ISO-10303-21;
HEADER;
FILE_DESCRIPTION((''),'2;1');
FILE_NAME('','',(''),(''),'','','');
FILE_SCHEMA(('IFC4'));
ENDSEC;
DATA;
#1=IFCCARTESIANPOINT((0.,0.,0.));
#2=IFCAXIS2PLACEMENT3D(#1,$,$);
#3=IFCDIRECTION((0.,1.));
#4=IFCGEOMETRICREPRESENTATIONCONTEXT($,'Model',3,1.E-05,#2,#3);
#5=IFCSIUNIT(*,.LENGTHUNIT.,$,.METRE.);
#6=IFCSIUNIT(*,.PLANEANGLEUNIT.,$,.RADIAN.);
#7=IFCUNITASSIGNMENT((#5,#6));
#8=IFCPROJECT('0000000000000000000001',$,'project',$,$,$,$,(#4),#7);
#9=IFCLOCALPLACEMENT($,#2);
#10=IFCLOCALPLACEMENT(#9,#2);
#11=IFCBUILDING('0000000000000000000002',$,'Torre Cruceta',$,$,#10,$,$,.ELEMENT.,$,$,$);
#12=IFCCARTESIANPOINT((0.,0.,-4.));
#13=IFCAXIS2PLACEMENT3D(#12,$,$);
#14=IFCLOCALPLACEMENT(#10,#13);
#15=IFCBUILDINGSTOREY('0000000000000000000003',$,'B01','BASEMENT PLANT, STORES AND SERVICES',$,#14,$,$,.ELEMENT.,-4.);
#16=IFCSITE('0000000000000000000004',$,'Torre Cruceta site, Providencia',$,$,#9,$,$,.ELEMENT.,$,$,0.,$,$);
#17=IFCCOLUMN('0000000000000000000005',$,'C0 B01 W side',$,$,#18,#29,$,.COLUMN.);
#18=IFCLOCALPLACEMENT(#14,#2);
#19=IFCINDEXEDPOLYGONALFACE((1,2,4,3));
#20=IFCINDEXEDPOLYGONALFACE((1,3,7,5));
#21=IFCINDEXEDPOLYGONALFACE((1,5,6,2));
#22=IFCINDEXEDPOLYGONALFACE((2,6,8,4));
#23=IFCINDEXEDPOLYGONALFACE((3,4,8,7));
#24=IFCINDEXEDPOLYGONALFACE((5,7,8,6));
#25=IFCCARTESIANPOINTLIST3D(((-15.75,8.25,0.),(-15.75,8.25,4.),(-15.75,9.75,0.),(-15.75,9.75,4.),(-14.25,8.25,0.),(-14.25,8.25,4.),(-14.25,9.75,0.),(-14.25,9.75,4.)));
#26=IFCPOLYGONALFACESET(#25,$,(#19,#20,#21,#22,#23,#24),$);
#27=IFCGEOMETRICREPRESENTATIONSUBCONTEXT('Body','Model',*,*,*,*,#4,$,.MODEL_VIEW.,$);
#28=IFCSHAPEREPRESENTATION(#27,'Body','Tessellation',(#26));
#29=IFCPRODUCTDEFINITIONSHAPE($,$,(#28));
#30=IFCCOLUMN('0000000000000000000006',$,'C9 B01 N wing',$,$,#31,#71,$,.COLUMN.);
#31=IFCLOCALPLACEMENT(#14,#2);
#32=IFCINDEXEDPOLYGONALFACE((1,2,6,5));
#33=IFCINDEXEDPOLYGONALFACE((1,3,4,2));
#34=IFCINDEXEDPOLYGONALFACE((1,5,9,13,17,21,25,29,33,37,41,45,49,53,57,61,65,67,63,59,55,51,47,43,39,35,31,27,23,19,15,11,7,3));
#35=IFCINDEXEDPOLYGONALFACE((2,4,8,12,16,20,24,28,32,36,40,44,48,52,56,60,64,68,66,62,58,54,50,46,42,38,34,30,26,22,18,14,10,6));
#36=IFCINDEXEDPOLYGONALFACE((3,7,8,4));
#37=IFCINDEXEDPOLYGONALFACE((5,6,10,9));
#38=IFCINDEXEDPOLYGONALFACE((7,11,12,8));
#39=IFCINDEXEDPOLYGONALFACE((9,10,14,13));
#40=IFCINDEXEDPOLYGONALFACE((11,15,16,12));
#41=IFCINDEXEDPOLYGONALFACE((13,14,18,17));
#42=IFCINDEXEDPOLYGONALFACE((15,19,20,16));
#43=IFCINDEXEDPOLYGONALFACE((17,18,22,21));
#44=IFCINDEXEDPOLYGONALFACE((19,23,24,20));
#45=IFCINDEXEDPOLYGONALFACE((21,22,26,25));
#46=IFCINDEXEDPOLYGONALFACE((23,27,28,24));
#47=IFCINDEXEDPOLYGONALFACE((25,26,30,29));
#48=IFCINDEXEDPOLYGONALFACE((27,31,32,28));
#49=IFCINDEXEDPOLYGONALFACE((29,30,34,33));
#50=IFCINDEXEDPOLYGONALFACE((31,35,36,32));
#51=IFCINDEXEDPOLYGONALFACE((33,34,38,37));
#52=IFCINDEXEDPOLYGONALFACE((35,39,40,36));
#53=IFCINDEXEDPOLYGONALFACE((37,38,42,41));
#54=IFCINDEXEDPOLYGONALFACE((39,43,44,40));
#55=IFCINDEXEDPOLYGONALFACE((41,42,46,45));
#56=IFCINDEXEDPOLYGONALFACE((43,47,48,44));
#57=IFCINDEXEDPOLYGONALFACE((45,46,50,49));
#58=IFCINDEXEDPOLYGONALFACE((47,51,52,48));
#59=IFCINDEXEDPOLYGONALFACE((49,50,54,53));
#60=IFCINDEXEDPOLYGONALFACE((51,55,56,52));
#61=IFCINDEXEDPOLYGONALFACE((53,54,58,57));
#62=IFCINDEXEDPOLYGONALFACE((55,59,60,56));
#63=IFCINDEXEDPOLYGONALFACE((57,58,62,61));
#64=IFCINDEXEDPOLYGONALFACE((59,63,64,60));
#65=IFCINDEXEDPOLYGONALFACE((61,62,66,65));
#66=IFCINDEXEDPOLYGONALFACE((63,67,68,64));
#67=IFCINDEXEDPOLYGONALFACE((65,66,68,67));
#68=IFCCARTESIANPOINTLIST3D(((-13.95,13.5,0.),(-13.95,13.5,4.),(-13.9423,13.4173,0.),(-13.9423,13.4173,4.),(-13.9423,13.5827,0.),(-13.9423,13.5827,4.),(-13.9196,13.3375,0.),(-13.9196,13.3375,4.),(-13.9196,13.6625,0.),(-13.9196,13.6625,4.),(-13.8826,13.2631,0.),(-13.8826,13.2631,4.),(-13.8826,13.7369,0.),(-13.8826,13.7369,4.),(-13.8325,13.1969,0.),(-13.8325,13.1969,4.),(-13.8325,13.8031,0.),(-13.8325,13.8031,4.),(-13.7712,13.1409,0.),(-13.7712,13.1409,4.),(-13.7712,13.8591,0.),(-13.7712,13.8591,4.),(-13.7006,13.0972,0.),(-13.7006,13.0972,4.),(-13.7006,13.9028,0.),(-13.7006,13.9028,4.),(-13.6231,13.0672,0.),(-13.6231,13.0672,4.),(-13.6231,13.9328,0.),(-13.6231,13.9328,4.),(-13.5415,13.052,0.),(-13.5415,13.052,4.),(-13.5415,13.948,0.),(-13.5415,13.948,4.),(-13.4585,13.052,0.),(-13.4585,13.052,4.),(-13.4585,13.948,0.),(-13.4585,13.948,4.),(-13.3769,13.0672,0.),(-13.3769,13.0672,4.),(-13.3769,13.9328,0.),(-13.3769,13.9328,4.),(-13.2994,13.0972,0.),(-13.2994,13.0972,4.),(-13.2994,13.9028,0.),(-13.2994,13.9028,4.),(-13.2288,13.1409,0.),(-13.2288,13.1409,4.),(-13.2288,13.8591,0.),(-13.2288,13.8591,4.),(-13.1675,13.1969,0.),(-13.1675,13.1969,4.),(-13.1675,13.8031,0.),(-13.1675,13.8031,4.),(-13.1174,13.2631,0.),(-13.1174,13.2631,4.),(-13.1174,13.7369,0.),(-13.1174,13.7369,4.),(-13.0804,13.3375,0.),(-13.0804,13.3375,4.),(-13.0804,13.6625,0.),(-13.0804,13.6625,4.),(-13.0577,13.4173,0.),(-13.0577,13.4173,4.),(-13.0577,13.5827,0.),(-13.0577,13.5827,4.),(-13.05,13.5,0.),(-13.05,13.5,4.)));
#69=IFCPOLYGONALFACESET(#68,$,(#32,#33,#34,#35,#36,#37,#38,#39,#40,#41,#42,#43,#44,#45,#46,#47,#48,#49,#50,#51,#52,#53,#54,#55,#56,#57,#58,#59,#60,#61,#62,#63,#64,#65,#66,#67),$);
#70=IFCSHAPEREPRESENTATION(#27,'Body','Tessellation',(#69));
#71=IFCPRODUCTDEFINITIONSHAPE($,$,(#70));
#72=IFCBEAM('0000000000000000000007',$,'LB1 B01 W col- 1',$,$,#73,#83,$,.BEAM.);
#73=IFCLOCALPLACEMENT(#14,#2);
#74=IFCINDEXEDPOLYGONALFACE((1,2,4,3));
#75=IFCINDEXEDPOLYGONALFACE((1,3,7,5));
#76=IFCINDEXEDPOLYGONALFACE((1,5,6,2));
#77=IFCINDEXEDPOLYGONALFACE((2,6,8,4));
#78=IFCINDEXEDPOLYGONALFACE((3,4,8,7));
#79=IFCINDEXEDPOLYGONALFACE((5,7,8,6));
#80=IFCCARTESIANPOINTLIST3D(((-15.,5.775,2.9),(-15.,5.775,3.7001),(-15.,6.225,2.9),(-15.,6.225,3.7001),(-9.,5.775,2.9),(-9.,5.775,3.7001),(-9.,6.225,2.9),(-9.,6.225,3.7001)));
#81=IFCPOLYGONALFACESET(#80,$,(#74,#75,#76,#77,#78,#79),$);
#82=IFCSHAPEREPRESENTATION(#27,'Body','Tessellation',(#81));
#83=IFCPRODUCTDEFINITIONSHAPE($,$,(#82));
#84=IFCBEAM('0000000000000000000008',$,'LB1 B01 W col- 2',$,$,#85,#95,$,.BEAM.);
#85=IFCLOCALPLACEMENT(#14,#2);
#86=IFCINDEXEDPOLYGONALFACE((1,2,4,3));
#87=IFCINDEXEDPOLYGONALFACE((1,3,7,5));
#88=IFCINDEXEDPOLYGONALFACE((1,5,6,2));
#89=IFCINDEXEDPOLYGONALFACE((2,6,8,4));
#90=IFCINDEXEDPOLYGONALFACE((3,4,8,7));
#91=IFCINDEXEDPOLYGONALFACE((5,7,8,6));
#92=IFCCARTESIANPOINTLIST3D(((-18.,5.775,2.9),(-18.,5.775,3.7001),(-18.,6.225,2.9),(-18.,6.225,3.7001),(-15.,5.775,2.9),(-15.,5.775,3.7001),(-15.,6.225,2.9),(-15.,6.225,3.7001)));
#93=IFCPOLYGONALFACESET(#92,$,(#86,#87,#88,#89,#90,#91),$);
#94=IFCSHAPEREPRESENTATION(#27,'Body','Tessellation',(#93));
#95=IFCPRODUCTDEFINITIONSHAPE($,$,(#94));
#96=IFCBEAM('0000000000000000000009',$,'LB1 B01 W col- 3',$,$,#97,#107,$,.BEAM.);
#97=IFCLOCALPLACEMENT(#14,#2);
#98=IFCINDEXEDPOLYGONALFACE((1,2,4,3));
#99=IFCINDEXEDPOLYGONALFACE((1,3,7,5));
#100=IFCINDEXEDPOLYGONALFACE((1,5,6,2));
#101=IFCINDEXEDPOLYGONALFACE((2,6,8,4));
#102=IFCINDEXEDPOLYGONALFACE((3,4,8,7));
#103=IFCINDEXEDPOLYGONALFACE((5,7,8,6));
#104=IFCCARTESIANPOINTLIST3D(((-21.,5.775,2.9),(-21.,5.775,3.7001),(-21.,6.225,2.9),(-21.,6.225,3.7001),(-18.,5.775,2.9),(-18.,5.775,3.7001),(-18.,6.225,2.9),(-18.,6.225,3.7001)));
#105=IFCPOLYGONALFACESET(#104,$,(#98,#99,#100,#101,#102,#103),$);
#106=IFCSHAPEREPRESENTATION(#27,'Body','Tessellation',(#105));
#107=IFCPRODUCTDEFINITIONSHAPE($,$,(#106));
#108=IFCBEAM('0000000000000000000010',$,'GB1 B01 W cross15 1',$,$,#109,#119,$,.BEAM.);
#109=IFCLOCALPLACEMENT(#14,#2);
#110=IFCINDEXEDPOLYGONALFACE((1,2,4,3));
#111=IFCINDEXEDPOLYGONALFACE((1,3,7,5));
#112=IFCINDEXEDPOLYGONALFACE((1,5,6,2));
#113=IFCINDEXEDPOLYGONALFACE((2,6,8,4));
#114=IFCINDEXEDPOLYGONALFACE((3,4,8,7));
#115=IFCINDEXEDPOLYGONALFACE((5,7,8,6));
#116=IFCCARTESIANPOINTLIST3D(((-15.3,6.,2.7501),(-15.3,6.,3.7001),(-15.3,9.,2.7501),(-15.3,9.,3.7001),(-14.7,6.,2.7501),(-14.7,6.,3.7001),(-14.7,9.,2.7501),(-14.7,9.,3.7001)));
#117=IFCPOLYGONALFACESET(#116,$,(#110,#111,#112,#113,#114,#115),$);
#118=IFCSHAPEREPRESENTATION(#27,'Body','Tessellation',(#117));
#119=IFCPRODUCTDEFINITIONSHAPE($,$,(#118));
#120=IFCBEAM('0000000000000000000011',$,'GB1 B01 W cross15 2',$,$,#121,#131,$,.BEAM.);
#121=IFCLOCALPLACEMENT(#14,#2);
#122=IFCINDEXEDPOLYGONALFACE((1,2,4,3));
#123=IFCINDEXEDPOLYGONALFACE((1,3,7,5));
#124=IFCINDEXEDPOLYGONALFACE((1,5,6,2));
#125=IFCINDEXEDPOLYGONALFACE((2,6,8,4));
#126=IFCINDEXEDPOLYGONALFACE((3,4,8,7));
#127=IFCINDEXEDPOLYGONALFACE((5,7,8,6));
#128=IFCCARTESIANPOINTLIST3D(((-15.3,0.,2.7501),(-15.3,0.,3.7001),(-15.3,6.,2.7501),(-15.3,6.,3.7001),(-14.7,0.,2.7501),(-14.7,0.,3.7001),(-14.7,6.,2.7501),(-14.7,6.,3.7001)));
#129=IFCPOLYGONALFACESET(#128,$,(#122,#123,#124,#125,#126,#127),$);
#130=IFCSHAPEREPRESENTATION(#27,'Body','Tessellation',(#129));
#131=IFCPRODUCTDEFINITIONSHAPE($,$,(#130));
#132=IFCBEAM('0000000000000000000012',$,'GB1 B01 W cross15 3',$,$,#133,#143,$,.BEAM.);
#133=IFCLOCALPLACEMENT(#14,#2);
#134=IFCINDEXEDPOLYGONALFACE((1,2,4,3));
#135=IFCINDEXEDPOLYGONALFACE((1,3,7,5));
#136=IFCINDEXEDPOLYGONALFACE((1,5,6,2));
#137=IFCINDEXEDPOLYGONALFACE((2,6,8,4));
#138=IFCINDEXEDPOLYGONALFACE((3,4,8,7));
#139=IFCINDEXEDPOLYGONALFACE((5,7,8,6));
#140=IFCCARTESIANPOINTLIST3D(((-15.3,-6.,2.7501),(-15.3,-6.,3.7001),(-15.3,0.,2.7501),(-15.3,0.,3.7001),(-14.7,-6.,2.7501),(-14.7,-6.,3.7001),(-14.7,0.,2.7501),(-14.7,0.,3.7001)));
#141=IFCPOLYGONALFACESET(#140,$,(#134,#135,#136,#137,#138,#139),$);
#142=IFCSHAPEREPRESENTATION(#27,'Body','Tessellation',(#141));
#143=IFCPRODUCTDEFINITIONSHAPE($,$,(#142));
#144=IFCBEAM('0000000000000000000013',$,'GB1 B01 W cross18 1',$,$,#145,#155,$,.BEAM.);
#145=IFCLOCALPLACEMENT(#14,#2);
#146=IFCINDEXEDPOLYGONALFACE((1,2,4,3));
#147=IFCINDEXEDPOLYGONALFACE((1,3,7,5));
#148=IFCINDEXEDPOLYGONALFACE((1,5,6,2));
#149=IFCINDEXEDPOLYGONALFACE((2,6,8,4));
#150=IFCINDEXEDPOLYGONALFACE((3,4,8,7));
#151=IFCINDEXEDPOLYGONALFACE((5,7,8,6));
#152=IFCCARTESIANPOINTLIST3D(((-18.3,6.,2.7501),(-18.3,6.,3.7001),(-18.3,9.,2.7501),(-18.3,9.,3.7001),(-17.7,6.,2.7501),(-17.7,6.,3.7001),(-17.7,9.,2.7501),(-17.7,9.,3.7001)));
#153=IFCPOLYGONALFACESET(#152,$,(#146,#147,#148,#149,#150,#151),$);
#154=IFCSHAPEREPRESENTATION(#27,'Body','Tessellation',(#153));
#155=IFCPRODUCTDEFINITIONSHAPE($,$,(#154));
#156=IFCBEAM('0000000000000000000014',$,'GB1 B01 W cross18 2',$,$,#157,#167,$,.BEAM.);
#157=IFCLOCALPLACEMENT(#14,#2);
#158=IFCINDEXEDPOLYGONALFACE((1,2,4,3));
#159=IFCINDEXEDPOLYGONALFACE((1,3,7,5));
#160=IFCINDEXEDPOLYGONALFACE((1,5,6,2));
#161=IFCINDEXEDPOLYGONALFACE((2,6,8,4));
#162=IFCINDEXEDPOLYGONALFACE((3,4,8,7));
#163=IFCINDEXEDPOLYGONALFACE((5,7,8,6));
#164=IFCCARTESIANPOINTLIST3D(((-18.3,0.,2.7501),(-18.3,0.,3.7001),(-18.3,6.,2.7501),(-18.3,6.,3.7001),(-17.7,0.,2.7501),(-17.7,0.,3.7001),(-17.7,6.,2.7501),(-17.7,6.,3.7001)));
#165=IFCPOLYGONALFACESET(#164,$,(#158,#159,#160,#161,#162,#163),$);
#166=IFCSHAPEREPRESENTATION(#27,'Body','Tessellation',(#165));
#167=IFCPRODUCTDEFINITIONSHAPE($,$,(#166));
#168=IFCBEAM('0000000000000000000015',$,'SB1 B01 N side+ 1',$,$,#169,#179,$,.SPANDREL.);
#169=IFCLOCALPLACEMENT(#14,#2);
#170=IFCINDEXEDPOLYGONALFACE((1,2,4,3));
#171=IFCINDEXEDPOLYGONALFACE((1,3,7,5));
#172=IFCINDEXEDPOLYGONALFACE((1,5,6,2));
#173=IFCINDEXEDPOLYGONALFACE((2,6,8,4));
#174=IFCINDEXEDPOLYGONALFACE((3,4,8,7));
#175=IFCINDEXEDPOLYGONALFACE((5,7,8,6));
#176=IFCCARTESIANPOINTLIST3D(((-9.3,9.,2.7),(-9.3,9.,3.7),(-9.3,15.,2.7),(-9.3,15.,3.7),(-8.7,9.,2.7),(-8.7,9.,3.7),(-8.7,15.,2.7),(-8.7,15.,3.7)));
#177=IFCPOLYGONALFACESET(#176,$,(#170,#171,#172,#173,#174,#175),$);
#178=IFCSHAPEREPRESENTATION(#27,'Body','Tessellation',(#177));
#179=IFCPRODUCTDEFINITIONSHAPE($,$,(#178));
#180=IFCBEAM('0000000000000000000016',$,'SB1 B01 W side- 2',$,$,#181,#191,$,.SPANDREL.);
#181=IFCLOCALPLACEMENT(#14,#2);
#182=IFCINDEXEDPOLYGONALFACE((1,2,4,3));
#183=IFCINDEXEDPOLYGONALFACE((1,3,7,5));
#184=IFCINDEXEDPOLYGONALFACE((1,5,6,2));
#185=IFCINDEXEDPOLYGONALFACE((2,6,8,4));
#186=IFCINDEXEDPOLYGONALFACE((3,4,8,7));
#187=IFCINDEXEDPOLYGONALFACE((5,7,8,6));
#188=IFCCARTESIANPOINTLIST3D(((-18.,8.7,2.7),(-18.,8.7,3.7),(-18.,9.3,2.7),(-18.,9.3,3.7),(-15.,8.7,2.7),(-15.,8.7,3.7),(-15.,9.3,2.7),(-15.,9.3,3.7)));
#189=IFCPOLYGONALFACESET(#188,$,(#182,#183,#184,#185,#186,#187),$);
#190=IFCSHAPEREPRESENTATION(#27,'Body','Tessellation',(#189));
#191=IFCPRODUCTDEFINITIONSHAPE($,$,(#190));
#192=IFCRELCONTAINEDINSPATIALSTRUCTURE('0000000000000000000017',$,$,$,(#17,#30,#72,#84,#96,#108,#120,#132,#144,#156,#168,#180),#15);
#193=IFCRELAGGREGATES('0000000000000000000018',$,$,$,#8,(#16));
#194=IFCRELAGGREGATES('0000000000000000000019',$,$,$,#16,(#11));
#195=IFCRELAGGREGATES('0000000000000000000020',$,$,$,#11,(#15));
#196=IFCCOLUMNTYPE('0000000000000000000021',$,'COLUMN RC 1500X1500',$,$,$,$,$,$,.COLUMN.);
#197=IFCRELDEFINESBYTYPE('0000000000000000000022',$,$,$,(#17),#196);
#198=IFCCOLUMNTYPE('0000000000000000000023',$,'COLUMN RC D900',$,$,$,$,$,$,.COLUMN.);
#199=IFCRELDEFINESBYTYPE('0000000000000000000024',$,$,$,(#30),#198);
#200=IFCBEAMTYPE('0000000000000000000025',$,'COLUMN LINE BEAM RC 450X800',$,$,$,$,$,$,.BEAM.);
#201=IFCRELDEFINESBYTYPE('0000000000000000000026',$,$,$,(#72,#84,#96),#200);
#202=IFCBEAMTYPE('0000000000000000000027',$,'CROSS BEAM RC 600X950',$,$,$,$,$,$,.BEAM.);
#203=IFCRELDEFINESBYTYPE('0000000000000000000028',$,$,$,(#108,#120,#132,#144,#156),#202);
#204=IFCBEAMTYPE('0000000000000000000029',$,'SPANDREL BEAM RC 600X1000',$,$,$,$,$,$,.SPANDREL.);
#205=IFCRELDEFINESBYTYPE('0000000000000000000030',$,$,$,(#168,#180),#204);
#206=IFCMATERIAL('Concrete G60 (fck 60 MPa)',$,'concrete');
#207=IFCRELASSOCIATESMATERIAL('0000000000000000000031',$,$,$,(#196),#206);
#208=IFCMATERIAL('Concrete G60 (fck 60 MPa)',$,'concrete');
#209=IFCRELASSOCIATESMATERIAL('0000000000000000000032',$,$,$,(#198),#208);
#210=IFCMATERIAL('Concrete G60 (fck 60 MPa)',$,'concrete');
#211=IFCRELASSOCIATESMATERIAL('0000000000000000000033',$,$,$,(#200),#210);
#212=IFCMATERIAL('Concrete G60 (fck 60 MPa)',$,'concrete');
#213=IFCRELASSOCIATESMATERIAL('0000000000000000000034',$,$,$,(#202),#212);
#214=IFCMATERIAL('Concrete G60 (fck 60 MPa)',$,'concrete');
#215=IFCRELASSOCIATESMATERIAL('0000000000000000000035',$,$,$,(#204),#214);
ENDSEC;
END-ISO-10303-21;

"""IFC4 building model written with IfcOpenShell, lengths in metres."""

from ifc_helpers import new_model, si_unit, direction, frame, origin, origin_2d, place, context, subcontext, project, spatial, rectangle, circle, extrude, material, material_profile, profile_set, type_object, element, save


model = new_model("IFC4")

# Units and contexts
model_context = context("Model", 3, precision=1e-05, world=origin(), true_north=direction((0.0, 1.0)))
body_context = subcontext(model_context, "Body", "Model", "MODEL_VIEW")
ifc_project = project(units=[si_unit("LENGTHUNIT", "METRE"), si_unit("PLANEANGLEUNIT", "RADIAN")], contexts=[model_context])

# Site, building, storey
site_placement = place(None, origin())
site = spatial("IfcSite", under=ifc_project, at=site_placement, Name="Torre Cruceta site, Providencia", CompositionType="ELEMENT", RefElevation=0.0)
building_placement = place(site_placement, origin())
building = spatial("IfcBuilding", under=site, at=building_placement, Name="Torre Cruceta", CompositionType="ELEMENT")
storey_placement = place(building_placement, frame((0.0, 0.0, -4.0)))
storey = spatial("IfcBuildingStorey", under=building, at=storey_placement, Name="B01", Description="BASEMENT PLANT, STORES AND SERVICES", CompositionType="ELEMENT", Elevation=-4.0)

# Columns
ifc_material_1 = material(Name="Concrete G60 (fck 60 MPa)", Category="concrete")
ifc_material_profile_1 = material_profile(ifc_material_1, rectangle(XDim=1.5, YDim=1.5, at=origin_2d()), Name="RC 1500X1500")
ifc_profile_set_1 = profile_set([ifc_material_profile_1], Name="Concrete G60 (fck 60 MPa)")
column_type_1 = type_object("IfcColumnType", Name="COLUMN RC 1500X1500", PredefinedType="COLUMN", material=ifc_profile_set_1)
column_1_placement = place(storey_placement, frame((-15.0, 9.0, 0.0), z_axis=(0.0, 0.0, 1.0), x_axis=(1.0, 0.0, 0.0)))
element("IfcColumn", 1, at=column_1_placement, inside=storey, type_object=column_type_1, Name="C0 B01 W side", PredefinedType="COLUMN", context=body_context, shape_type="SweptSolid", body=[
    extrude(rectangle(XDim=1.5, YDim=1.5, at=origin_2d()), origin(), (0.0, 0.0, 1.0), 4.0),
])
ifc_material_2 = material(Name="Concrete G60 (fck 60 MPa)", Category="concrete")
ifc_material_profile_2 = material_profile(ifc_material_2, circle(Radius=0.45, at=origin_2d()), Name="RC D900")
ifc_profile_set_2 = profile_set([ifc_material_profile_2], Name="Concrete G60 (fck 60 MPa)")
column_type_2 = type_object("IfcColumnType", Name="COLUMN RC D900", PredefinedType="COLUMN", material=ifc_profile_set_2)
column_2_placement = place(storey_placement, frame((-13.5, 13.5, 0.0), z_axis=(0.0, 0.0, 1.0), x_axis=(1.0, 0.0, 0.0)))
element("IfcColumn", 2, at=column_2_placement, inside=storey, type_object=column_type_2, Name="C9 B01 N wing", PredefinedType="COLUMN", context=body_context, shape_type="SweptSolid", body=[
    extrude(circle(Radius=0.45, at=origin_2d()), origin(), (0.0, 0.0, 1.0), 4.0),
])

# Beams
ifc_material_3 = material(Name="Concrete G60 (fck 60 MPa)", Category="concrete")
ifc_material_profile_3 = material_profile(ifc_material_3, rectangle(XDim=0.45, YDim=0.8, at=origin_2d()), Name="RC 450X800")
ifc_profile_set_3 = profile_set([ifc_material_profile_3], Name="Concrete G60 (fck 60 MPa)")
beam_type_1 = type_object("IfcBeamType", Name="COLUMN LINE BEAM RC 450X800", PredefinedType="BEAM", material=ifc_profile_set_3)
beam_1_placement = place(storey_placement, frame((-9.0, 6.0, 3.3), z_axis=(-1.0, 0.0, 0.0), x_axis=(0.0, -1.0, 0.0)))
element("IfcBeam", 3, at=beam_1_placement, inside=storey, type_object=beam_type_1, Name="LB1 B01 W col- 1", PredefinedType="BEAM", context=body_context, shape_type="SweptSolid", body=[
    extrude(rectangle(XDim=0.45, YDim=0.8, at=origin_2d()), origin(), (0.0, 0.0, 1.0), 6.0),
])
for number, where, z_axis, x_axis, name in (
    (4, (-15.0, 6.0, 3.3), (-1.0, 0.0, 0.0), (0.0, -1.0, 0.0), "LB1 B01 W col- 2"),
    (5, (-18.0, 6.0, 3.3), (-1.0, 0.0, 0.0), (0.0, -1.0, 0.0), "LB1 B01 W col- 3"),
):
    element("IfcBeam", number, at=place(storey_placement, frame(where, z_axis=z_axis, x_axis=x_axis)), inside=storey, type_object=beam_type_1, Name=name, PredefinedType="BEAM", context=body_context, shape_type="SweptSolid", body=[
        extrude(rectangle(XDim=0.45, YDim=0.8, at=origin_2d()), origin(), (0.0, 0.0, 1.0), 3.0),
    ])
ifc_material_4 = material(Name="Concrete G60 (fck 60 MPa)", Category="concrete")
ifc_material_profile_4 = material_profile(ifc_material_4, rectangle(XDim=0.6001, YDim=0.95, at=origin_2d()), Name="RC 600X950")
ifc_profile_set_4 = profile_set([ifc_material_profile_4], Name="Concrete G60 (fck 60 MPa)")
beam_type_2 = type_object("IfcBeamType", Name="CROSS BEAM RC 600X950", PredefinedType="BEAM", material=ifc_profile_set_4)
beam_2_placement = place(storey_placement, frame((-15.0, 9.0, 3.2251), z_axis=(0.0, -1.0, 0.0), x_axis=(1.0, 0.0, 0.0)))
element("IfcBeam", 6, at=beam_2_placement, inside=storey, type_object=beam_type_2, Name="GB1 B01 W cross15 1", PredefinedType="BEAM", context=body_context, shape_type="SweptSolid", body=[
    extrude(rectangle(XDim=0.6001, YDim=0.95, at=origin_2d()), origin(), (0.0, 0.0, 1.0), 3.0),
])
for number, where, z_axis, x_axis, name in (
    (7, (-15.0, 6.0, 3.2251), (0.0, -1.0, 0.0), (1.0, 0.0, 0.0), "GB1 B01 W cross15 2"),
    (8, (-15.0, 0.0, 3.2251), (0.0, -1.0, 0.0), (1.0, 0.0, 0.0), "GB1 B01 W cross15 3"),
):
    element("IfcBeam", number, at=place(storey_placement, frame(where, z_axis=z_axis, x_axis=x_axis)), inside=storey, type_object=beam_type_2, Name=name, PredefinedType="BEAM", context=body_context, shape_type="SweptSolid", body=[
        extrude(rectangle(XDim=0.6001, YDim=0.95, at=origin_2d()), origin(), (0.0, 0.0, 1.0), 6.0),
    ])
beam_3_placement = place(storey_placement, frame((-18.0, 9.0, 3.2251), z_axis=(0.0, -1.0, 0.0), x_axis=(1.0, 0.0, 0.0)))
element("IfcBeam", 9, at=beam_3_placement, inside=storey, type_object=beam_type_2, Name="GB1 B01 W cross18 1", PredefinedType="BEAM", context=body_context, shape_type="SweptSolid", body=[
    extrude(rectangle(XDim=0.6001, YDim=0.95, at=origin_2d()), origin(), (0.0, 0.0, 1.0), 3.0),
])
beam_4_placement = place(storey_placement, frame((-18.0, 6.0, 3.2251), z_axis=(0.0, -1.0, 0.0), x_axis=(1.0, 0.0, 0.0)))
element("IfcBeam", 10, at=beam_4_placement, inside=storey, type_object=beam_type_2, Name="GB1 B01 W cross18 2", PredefinedType="BEAM", context=body_context, shape_type="SweptSolid", body=[
    extrude(rectangle(XDim=0.6001, YDim=0.95, at=origin_2d()), origin(), (0.0, 0.0, 1.0), 6.0),
])
ifc_material_5 = material(Name="Concrete G60 (fck 60 MPa)", Category="concrete")
ifc_material_profile_5 = material_profile(ifc_material_5, rectangle(XDim=0.6001, YDim=1.0, at=origin_2d()), Name="RC 600X1000")
ifc_profile_set_5 = profile_set([ifc_material_profile_5], Name="Concrete G60 (fck 60 MPa)")
beam_type_3 = type_object("IfcBeamType", Name="SPANDREL BEAM RC 600X1000", PredefinedType="SPANDREL", material=ifc_profile_set_5)
beam_5_placement = place(storey_placement, frame((-9.0, 9.0, 3.2), z_axis=(0.0, 1.0, 0.0), x_axis=(-1.0, 0.0, 0.0)))
element("IfcBeam", 11, at=beam_5_placement, inside=storey, type_object=beam_type_3, Name="SB1 B01 N side+ 1", PredefinedType="SPANDREL", context=body_context, shape_type="SweptSolid", body=[
    extrude(rectangle(XDim=0.6001, YDim=1.0, at=origin_2d()), origin(), (0.0, 0.0, 1.0), 6.0),
])
for number, where, z_axis, x_axis, name in (
    (12, (-15.0, 9.0, 3.2), (-1.0, 0.0, 0.0), (0.0, -1.0, 0.0), "SB1 B01 W side- 2"),
):
    element("IfcBeam", number, at=place(storey_placement, frame(where, z_axis=z_axis, x_axis=x_axis)), inside=storey, type_object=beam_type_3, Name=name, PredefinedType="SPANDREL", context=body_context, shape_type="SweptSolid", body=[
        extrude(rectangle(XDim=0.6001, YDim=1.0, at=origin_2d()), origin(), (0.0, 0.0, 1.0), 3.0),
    ])

save(model, "model.ifc")
